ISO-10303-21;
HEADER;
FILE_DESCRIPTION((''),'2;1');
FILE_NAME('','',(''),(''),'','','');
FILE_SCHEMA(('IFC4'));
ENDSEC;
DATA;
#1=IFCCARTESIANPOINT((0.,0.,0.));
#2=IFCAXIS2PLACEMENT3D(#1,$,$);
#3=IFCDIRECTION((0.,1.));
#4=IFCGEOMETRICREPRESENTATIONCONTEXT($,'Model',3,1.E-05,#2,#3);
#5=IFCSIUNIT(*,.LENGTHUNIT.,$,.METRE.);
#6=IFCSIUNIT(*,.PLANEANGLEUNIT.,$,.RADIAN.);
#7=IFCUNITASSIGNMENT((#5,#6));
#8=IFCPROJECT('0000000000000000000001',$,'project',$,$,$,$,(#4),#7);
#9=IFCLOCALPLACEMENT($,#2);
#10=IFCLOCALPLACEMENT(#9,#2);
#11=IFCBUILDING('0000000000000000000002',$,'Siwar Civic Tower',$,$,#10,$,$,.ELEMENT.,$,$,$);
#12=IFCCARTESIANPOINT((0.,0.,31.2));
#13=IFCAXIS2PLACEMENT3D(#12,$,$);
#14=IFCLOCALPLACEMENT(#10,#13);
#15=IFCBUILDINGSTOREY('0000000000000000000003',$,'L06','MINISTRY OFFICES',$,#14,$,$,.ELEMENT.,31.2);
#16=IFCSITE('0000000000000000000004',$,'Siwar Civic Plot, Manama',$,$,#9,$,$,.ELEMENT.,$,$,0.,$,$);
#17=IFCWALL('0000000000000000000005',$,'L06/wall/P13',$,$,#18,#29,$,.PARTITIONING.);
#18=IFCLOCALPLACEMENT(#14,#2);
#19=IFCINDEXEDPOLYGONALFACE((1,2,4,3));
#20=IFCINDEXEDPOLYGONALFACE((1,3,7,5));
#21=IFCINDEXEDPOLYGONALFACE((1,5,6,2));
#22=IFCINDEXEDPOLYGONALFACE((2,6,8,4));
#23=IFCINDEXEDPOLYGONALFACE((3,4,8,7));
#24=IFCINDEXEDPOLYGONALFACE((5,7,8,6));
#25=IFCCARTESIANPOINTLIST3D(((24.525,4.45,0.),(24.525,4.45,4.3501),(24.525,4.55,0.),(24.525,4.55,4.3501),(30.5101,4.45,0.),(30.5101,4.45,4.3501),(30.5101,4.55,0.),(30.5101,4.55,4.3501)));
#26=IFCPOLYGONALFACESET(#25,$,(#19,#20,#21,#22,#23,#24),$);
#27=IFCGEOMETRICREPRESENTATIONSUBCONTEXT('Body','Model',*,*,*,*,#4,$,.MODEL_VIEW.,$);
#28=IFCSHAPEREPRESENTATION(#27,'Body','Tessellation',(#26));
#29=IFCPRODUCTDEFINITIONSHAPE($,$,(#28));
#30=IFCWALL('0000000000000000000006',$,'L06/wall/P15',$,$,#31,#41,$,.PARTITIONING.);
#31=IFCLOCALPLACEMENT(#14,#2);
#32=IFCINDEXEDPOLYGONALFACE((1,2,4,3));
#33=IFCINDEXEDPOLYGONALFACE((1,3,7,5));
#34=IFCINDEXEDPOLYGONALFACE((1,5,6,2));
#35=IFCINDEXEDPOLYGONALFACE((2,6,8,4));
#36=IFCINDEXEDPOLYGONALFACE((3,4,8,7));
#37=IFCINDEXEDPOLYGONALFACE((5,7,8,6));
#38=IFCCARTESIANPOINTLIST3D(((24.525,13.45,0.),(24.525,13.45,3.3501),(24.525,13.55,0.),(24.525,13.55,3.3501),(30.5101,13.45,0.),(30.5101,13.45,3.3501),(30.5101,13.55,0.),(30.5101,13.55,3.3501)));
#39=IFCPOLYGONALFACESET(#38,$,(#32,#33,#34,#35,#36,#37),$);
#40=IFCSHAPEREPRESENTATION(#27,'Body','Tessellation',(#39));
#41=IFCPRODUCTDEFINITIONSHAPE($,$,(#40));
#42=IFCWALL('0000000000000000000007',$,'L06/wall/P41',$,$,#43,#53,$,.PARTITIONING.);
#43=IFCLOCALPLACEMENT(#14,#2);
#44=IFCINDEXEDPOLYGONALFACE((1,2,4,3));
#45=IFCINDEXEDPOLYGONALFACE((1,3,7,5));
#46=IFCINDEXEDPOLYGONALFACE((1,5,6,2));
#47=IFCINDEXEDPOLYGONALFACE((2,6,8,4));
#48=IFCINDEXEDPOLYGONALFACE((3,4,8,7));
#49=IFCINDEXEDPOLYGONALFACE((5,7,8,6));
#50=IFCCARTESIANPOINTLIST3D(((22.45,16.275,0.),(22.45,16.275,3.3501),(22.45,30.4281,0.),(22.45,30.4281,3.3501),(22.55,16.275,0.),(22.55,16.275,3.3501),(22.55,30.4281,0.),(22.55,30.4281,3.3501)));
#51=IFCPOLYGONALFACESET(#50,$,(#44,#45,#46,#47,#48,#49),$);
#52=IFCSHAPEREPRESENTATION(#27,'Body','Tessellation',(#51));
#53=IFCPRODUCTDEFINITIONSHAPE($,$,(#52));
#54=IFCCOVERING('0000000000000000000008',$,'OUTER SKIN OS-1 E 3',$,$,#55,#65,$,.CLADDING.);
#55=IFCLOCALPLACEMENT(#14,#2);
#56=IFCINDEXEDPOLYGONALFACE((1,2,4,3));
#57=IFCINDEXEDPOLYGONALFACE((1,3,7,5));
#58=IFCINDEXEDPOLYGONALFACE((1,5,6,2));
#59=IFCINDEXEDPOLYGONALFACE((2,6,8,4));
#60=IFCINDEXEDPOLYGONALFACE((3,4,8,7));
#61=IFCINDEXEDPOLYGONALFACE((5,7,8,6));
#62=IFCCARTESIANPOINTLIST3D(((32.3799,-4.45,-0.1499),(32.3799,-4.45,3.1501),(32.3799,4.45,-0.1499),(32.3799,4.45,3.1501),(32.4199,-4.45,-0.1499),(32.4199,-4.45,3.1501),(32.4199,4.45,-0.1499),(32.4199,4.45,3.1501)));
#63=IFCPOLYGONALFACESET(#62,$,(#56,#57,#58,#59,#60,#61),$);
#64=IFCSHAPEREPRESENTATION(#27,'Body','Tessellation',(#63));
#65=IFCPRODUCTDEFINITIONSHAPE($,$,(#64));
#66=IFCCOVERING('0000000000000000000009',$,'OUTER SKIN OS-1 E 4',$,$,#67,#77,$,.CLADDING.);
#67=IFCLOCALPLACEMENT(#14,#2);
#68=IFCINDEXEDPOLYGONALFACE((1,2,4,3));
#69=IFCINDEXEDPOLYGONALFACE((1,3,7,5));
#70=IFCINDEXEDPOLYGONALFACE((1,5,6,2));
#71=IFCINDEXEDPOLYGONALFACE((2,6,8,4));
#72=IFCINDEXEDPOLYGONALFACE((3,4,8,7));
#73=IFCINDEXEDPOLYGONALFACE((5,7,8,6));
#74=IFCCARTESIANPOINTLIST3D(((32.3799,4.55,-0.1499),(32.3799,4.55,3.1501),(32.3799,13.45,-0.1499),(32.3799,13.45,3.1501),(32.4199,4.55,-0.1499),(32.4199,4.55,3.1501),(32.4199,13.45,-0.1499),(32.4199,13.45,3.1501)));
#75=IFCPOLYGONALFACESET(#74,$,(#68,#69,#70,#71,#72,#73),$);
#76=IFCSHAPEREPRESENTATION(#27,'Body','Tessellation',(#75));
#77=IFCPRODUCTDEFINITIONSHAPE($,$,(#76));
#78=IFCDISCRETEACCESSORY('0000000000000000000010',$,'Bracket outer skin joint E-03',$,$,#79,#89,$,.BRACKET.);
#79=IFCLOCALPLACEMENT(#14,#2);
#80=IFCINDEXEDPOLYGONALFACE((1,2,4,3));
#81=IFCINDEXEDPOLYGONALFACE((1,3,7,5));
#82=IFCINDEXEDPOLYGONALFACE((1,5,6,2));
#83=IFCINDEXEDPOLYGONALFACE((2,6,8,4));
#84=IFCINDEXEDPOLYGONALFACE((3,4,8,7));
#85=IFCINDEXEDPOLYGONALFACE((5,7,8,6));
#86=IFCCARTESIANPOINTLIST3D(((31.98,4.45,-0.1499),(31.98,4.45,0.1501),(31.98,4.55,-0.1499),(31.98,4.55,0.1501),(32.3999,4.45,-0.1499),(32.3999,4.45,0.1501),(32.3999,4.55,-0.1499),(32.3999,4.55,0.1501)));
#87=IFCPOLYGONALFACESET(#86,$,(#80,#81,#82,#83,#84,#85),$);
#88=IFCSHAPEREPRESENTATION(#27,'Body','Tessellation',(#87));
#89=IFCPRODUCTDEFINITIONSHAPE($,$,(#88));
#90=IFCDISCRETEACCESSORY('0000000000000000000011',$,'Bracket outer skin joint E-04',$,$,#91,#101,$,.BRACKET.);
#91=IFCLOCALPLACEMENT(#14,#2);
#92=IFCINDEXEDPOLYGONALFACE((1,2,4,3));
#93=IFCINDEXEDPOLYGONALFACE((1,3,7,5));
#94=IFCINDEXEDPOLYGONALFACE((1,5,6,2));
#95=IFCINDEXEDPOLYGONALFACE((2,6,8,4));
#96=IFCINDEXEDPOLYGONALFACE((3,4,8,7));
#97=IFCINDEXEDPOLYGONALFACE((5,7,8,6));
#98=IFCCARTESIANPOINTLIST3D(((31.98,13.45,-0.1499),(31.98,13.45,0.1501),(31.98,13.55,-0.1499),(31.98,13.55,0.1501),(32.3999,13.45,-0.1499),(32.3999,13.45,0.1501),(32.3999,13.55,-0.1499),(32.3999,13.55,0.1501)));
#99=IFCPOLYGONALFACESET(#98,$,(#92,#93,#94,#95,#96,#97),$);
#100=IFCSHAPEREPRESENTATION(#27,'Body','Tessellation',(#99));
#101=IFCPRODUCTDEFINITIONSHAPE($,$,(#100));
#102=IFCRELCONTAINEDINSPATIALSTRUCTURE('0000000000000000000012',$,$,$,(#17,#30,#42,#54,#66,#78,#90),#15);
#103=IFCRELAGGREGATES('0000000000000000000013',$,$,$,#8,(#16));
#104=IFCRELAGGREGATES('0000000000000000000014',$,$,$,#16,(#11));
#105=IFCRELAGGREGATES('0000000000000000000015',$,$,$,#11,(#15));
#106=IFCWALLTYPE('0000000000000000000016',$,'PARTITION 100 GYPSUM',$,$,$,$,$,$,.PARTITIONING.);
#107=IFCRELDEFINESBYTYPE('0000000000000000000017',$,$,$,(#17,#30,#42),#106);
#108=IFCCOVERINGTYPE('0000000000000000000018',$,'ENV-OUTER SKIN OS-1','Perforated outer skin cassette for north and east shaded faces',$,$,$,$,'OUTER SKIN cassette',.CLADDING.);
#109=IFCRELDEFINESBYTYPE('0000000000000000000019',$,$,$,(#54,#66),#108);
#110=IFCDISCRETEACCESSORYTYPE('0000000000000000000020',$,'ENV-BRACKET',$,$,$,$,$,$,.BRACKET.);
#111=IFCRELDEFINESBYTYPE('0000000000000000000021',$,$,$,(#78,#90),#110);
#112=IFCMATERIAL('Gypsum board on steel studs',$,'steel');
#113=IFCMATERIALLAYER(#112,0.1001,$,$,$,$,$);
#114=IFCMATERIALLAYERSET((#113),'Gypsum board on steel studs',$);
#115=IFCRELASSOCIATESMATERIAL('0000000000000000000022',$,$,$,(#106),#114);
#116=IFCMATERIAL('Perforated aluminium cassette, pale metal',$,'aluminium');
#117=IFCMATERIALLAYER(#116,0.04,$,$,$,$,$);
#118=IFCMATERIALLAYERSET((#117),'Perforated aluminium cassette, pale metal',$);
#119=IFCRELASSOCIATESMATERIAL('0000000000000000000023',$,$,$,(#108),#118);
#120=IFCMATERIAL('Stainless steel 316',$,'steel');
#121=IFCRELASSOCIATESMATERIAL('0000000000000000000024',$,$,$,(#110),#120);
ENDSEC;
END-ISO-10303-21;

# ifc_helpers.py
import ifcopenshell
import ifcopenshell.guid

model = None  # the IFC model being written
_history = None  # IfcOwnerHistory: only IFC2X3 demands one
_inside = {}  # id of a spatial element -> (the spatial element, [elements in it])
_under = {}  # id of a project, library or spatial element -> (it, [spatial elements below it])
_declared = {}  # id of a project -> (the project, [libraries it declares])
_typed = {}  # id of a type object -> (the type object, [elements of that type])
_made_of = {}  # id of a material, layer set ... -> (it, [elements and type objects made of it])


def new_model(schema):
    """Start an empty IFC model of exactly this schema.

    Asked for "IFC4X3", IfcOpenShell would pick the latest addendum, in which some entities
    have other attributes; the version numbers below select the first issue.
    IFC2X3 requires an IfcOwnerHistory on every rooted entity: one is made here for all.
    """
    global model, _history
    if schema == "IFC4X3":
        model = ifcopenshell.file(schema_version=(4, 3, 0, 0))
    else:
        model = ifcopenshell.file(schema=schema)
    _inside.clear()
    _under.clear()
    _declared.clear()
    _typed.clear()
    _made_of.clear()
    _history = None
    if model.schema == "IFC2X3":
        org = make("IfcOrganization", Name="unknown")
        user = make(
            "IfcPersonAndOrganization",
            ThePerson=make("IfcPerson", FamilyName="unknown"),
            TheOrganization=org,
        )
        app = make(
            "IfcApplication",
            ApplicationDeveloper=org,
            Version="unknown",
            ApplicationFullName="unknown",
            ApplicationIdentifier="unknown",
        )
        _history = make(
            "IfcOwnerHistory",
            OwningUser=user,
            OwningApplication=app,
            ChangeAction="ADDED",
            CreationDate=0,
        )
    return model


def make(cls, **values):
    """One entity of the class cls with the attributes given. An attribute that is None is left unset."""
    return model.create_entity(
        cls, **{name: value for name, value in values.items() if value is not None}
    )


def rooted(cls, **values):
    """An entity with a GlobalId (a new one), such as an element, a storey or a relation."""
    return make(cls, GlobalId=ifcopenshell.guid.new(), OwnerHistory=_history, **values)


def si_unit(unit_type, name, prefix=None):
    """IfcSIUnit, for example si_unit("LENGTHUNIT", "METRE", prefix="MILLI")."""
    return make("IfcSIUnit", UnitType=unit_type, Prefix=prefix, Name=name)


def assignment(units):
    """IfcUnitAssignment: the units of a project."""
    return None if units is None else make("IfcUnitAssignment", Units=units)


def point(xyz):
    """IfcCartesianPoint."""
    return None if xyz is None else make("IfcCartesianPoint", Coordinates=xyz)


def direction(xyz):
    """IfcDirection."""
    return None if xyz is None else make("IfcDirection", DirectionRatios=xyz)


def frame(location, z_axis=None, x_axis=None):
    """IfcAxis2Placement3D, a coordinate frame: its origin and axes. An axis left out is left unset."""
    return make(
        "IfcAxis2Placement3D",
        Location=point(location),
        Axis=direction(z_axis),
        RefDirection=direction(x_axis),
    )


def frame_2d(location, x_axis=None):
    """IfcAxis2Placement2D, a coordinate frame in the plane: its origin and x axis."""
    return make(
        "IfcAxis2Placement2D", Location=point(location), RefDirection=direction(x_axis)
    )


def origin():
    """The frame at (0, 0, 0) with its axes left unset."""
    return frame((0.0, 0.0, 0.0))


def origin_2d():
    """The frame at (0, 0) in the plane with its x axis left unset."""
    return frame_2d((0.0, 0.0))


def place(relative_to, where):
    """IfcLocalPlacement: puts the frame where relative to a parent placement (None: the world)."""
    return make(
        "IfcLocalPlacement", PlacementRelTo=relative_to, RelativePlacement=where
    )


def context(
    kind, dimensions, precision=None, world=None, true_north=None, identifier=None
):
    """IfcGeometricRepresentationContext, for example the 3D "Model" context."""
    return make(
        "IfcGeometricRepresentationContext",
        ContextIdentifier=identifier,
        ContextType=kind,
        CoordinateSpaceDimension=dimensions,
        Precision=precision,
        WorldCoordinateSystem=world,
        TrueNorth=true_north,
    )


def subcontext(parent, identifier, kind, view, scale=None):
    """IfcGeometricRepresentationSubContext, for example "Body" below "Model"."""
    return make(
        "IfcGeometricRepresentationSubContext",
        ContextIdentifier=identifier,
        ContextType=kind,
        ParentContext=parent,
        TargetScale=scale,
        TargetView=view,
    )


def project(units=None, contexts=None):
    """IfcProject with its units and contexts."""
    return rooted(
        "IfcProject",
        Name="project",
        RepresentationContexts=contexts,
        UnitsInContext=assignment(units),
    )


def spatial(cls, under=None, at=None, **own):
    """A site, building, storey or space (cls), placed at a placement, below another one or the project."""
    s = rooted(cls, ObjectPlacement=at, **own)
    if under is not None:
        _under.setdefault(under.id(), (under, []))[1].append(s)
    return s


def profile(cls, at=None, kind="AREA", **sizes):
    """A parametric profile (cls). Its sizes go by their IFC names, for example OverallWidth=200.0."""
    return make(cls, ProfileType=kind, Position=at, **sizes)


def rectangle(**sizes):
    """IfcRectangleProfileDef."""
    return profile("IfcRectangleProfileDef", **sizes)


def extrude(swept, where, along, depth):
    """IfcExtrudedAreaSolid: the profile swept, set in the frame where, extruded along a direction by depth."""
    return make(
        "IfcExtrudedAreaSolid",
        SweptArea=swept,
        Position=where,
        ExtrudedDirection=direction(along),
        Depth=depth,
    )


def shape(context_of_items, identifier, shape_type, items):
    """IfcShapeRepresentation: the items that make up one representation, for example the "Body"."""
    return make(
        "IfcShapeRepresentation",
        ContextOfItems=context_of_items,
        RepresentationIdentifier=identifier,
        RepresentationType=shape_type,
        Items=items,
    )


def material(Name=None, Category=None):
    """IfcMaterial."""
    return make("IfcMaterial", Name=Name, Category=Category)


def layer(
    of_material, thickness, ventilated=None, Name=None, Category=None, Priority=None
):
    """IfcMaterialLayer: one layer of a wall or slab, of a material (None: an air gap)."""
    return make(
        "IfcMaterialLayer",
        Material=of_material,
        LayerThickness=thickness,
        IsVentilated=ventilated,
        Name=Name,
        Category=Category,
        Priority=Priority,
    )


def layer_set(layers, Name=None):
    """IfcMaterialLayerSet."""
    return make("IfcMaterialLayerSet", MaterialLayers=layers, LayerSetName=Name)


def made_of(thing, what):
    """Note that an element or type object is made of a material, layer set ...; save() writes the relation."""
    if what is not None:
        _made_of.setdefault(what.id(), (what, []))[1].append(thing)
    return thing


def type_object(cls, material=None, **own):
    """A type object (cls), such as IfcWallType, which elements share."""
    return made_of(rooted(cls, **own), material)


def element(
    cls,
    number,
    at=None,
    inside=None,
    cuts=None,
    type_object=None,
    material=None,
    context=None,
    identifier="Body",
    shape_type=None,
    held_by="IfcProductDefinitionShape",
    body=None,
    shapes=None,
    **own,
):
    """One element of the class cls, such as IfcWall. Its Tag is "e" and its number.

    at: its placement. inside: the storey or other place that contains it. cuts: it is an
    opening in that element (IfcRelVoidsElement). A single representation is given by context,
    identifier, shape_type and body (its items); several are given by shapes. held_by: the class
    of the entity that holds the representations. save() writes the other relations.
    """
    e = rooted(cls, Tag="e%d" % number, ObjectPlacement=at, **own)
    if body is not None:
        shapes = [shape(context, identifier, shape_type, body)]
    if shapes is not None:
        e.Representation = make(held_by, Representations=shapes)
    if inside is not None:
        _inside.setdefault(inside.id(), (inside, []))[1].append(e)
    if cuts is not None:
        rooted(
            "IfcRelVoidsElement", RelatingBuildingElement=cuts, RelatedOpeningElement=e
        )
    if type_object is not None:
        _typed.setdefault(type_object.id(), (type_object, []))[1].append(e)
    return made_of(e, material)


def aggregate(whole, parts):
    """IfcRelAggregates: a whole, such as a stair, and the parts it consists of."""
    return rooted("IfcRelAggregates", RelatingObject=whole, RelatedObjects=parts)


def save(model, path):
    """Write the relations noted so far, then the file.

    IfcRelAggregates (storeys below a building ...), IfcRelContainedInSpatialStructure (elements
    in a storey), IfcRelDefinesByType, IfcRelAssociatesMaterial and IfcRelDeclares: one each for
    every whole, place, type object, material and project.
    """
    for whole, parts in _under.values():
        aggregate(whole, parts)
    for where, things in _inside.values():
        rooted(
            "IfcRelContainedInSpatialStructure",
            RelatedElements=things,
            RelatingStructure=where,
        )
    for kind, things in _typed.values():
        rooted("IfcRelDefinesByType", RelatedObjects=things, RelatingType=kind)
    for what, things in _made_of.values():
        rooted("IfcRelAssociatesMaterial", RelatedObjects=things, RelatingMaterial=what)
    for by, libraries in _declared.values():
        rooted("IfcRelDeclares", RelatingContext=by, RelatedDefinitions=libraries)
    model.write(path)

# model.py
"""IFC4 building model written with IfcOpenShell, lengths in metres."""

from ifc_helpers import new_model, si_unit, direction, frame, frame_2d, origin, origin_2d, place, context, subcontext, project, spatial, rectangle, extrude, material, layer, layer_set, type_object, element, save


model = new_model("IFC4")

# Units and contexts
model_context = context("Model", 3, precision=1e-05, world=origin(), true_north=direction((0.0, 1.0)))
body_context = subcontext(model_context, "Body", "Model", "MODEL_VIEW")
ifc_project = project(units=[si_unit("LENGTHUNIT", "METRE"), si_unit("PLANEANGLEUNIT", "RADIAN")], contexts=[model_context])

# Site, building, storey
site_placement = place(None, origin())
site = spatial("IfcSite", under=ifc_project, at=site_placement, Name="Siwar Civic Plot, Manama", CompositionType="ELEMENT", RefElevation=0.0)
building_placement = place(site_placement, origin())
building = spatial("IfcBuilding", under=site, at=building_placement, Name="Siwar Civic Tower", CompositionType="ELEMENT")
storey_placement = place(building_placement, frame((0.0, 0.0, 31.2)))
storey = spatial("IfcBuildingStorey", under=building, at=storey_placement, Name="L06", Description="MINISTRY OFFICES", CompositionType="ELEMENT", Elevation=31.2)

# Walls
ifc_material_1 = material(Name="Gypsum board on steel studs", Category="steel")
ifc_layer_1 = layer(ifc_material_1, 0.1001)
ifc_layer_set_1 = layer_set([ifc_layer_1], Name="Gypsum board on steel studs")
wall_type_1 = type_object("IfcWallType", Name="PARTITION 100 GYPSUM", PredefinedType="PARTITIONING", material=ifc_layer_set_1)
wall_1_placement = place(storey_placement, frame((24.5249, 4.5, 0.0), z_axis=(0.0, 0.0, 1.0), x_axis=(1.0, 0.0, 0.0)))
element("IfcWall", 1, at=wall_1_placement, inside=storey, type_object=wall_type_1, Name="L06/wall/P13", PredefinedType="PARTITIONING", context=body_context, shape_type="SweptSolid", body=[
    extrude(rectangle(XDim=5.9851, YDim=0.1001, at=frame_2d((2.9927, 0.0))), origin(), (0.0, 0.0, 1.0), 4.3501),
])
wall_2_placement = place(storey_placement, frame((24.5249, 13.5, 0.0), z_axis=(0.0, 0.0, 1.0), x_axis=(1.0, 0.0, 0.0)))
element("IfcWall", 2, at=wall_2_placement, inside=storey, type_object=wall_type_1, Name="L06/wall/P15", PredefinedType="PARTITIONING", context=body_context, shape_type="SweptSolid", body=[
    extrude(rectangle(XDim=5.9851, YDim=0.1001, at=frame_2d((2.9927, 0.0))), origin(), (0.0, 0.0, 1.0), 3.3501),
])
wall_3_placement = place(storey_placement, frame((22.5, 16.2749, 0.0), z_axis=(0.0, 0.0, 1.0), x_axis=(0.0, 1.0, 0.0)))
element("IfcWall", 3, at=wall_3_placement, inside=storey, type_object=wall_type_1, Name="L06/wall/P41", PredefinedType="PARTITIONING", context=body_context, shape_type="SweptSolid", body=[
    extrude(rectangle(XDim=14.1531, YDim=0.1001, at=frame_2d((7.0767, 0.0))), origin(), (0.0, 0.0, 1.0), 3.3501),
])

# Coverings
ifc_material_2 = material(Name="Perforated aluminium cassette, pale metal", Category="aluminium")
ifc_layer_2 = layer(ifc_material_2, 0.04)
ifc_layer_set_2 = layer_set([ifc_layer_2], Name="Perforated aluminium cassette, pale metal")
covering_type = type_object("IfcCoveringType", Name="ENV-OUTER SKIN OS-1", Description="Perforated outer skin cassette for north and east shaded faces", ElementType="OUTER SKIN cassette", PredefinedType="CLADDING", material=ifc_layer_set_2)
for number, where, z_axis, x_axis, name in (
    (4, (32.3999, 0.0, -0.1499), (0.0, 0.0, 1.0), (0.0, 1.0, 0.0), "OUTER SKIN OS-1 E 3"),
    (5, (32.3999, 9.0, -0.1499), (0.0, 0.0, 1.0), (0.0, 1.0, 0.0), "OUTER SKIN OS-1 E 4"),
):
    element("IfcCovering", number, at=place(storey_placement, frame(where, z_axis=z_axis, x_axis=x_axis)), inside=storey, type_object=covering_type, Name=name, PredefinedType="CLADDING", context=body_context, shape_type="SweptSolid", body=[
        extrude(rectangle(XDim=8.8999, YDim=0.04, at=origin_2d()), origin(), (0.0, 0.0, 1.0), 3.3),
    ])

# Discrete accessories
ifc_material_3 = material(Name="Stainless steel 316", Category="steel")
discrete_accessory_type = type_object("IfcDiscreteAccessoryType", Name="ENV-BRACKET", PredefinedType="BRACKET", material=ifc_material_3)
for number, where, z_axis, x_axis, name in (
    (6, (32.1899, 4.5, -0.1499), (0.0, 0.0, 1.0), (1.0, 0.0, 0.0), "Bracket outer skin joint E-03"),
    (7, (32.1899, 13.5, -0.1499), (0.0, 0.0, 1.0), (1.0, 0.0, 0.0), "Bracket outer skin joint E-04"),
):
    element("IfcDiscreteAccessory", number, at=place(storey_placement, frame(where, z_axis=z_axis, x_axis=x_axis)), inside=storey, type_object=discrete_accessory_type, Name=name, PredefinedType="BRACKET", context=body_context, shape_type="SweptSolid", body=[
        extrude(rectangle(XDim=0.4199, YDim=0.1001, at=origin_2d()), origin(), (0.0, 0.0, 1.0), 0.3),
    ])

save(model, "model.ifc")
